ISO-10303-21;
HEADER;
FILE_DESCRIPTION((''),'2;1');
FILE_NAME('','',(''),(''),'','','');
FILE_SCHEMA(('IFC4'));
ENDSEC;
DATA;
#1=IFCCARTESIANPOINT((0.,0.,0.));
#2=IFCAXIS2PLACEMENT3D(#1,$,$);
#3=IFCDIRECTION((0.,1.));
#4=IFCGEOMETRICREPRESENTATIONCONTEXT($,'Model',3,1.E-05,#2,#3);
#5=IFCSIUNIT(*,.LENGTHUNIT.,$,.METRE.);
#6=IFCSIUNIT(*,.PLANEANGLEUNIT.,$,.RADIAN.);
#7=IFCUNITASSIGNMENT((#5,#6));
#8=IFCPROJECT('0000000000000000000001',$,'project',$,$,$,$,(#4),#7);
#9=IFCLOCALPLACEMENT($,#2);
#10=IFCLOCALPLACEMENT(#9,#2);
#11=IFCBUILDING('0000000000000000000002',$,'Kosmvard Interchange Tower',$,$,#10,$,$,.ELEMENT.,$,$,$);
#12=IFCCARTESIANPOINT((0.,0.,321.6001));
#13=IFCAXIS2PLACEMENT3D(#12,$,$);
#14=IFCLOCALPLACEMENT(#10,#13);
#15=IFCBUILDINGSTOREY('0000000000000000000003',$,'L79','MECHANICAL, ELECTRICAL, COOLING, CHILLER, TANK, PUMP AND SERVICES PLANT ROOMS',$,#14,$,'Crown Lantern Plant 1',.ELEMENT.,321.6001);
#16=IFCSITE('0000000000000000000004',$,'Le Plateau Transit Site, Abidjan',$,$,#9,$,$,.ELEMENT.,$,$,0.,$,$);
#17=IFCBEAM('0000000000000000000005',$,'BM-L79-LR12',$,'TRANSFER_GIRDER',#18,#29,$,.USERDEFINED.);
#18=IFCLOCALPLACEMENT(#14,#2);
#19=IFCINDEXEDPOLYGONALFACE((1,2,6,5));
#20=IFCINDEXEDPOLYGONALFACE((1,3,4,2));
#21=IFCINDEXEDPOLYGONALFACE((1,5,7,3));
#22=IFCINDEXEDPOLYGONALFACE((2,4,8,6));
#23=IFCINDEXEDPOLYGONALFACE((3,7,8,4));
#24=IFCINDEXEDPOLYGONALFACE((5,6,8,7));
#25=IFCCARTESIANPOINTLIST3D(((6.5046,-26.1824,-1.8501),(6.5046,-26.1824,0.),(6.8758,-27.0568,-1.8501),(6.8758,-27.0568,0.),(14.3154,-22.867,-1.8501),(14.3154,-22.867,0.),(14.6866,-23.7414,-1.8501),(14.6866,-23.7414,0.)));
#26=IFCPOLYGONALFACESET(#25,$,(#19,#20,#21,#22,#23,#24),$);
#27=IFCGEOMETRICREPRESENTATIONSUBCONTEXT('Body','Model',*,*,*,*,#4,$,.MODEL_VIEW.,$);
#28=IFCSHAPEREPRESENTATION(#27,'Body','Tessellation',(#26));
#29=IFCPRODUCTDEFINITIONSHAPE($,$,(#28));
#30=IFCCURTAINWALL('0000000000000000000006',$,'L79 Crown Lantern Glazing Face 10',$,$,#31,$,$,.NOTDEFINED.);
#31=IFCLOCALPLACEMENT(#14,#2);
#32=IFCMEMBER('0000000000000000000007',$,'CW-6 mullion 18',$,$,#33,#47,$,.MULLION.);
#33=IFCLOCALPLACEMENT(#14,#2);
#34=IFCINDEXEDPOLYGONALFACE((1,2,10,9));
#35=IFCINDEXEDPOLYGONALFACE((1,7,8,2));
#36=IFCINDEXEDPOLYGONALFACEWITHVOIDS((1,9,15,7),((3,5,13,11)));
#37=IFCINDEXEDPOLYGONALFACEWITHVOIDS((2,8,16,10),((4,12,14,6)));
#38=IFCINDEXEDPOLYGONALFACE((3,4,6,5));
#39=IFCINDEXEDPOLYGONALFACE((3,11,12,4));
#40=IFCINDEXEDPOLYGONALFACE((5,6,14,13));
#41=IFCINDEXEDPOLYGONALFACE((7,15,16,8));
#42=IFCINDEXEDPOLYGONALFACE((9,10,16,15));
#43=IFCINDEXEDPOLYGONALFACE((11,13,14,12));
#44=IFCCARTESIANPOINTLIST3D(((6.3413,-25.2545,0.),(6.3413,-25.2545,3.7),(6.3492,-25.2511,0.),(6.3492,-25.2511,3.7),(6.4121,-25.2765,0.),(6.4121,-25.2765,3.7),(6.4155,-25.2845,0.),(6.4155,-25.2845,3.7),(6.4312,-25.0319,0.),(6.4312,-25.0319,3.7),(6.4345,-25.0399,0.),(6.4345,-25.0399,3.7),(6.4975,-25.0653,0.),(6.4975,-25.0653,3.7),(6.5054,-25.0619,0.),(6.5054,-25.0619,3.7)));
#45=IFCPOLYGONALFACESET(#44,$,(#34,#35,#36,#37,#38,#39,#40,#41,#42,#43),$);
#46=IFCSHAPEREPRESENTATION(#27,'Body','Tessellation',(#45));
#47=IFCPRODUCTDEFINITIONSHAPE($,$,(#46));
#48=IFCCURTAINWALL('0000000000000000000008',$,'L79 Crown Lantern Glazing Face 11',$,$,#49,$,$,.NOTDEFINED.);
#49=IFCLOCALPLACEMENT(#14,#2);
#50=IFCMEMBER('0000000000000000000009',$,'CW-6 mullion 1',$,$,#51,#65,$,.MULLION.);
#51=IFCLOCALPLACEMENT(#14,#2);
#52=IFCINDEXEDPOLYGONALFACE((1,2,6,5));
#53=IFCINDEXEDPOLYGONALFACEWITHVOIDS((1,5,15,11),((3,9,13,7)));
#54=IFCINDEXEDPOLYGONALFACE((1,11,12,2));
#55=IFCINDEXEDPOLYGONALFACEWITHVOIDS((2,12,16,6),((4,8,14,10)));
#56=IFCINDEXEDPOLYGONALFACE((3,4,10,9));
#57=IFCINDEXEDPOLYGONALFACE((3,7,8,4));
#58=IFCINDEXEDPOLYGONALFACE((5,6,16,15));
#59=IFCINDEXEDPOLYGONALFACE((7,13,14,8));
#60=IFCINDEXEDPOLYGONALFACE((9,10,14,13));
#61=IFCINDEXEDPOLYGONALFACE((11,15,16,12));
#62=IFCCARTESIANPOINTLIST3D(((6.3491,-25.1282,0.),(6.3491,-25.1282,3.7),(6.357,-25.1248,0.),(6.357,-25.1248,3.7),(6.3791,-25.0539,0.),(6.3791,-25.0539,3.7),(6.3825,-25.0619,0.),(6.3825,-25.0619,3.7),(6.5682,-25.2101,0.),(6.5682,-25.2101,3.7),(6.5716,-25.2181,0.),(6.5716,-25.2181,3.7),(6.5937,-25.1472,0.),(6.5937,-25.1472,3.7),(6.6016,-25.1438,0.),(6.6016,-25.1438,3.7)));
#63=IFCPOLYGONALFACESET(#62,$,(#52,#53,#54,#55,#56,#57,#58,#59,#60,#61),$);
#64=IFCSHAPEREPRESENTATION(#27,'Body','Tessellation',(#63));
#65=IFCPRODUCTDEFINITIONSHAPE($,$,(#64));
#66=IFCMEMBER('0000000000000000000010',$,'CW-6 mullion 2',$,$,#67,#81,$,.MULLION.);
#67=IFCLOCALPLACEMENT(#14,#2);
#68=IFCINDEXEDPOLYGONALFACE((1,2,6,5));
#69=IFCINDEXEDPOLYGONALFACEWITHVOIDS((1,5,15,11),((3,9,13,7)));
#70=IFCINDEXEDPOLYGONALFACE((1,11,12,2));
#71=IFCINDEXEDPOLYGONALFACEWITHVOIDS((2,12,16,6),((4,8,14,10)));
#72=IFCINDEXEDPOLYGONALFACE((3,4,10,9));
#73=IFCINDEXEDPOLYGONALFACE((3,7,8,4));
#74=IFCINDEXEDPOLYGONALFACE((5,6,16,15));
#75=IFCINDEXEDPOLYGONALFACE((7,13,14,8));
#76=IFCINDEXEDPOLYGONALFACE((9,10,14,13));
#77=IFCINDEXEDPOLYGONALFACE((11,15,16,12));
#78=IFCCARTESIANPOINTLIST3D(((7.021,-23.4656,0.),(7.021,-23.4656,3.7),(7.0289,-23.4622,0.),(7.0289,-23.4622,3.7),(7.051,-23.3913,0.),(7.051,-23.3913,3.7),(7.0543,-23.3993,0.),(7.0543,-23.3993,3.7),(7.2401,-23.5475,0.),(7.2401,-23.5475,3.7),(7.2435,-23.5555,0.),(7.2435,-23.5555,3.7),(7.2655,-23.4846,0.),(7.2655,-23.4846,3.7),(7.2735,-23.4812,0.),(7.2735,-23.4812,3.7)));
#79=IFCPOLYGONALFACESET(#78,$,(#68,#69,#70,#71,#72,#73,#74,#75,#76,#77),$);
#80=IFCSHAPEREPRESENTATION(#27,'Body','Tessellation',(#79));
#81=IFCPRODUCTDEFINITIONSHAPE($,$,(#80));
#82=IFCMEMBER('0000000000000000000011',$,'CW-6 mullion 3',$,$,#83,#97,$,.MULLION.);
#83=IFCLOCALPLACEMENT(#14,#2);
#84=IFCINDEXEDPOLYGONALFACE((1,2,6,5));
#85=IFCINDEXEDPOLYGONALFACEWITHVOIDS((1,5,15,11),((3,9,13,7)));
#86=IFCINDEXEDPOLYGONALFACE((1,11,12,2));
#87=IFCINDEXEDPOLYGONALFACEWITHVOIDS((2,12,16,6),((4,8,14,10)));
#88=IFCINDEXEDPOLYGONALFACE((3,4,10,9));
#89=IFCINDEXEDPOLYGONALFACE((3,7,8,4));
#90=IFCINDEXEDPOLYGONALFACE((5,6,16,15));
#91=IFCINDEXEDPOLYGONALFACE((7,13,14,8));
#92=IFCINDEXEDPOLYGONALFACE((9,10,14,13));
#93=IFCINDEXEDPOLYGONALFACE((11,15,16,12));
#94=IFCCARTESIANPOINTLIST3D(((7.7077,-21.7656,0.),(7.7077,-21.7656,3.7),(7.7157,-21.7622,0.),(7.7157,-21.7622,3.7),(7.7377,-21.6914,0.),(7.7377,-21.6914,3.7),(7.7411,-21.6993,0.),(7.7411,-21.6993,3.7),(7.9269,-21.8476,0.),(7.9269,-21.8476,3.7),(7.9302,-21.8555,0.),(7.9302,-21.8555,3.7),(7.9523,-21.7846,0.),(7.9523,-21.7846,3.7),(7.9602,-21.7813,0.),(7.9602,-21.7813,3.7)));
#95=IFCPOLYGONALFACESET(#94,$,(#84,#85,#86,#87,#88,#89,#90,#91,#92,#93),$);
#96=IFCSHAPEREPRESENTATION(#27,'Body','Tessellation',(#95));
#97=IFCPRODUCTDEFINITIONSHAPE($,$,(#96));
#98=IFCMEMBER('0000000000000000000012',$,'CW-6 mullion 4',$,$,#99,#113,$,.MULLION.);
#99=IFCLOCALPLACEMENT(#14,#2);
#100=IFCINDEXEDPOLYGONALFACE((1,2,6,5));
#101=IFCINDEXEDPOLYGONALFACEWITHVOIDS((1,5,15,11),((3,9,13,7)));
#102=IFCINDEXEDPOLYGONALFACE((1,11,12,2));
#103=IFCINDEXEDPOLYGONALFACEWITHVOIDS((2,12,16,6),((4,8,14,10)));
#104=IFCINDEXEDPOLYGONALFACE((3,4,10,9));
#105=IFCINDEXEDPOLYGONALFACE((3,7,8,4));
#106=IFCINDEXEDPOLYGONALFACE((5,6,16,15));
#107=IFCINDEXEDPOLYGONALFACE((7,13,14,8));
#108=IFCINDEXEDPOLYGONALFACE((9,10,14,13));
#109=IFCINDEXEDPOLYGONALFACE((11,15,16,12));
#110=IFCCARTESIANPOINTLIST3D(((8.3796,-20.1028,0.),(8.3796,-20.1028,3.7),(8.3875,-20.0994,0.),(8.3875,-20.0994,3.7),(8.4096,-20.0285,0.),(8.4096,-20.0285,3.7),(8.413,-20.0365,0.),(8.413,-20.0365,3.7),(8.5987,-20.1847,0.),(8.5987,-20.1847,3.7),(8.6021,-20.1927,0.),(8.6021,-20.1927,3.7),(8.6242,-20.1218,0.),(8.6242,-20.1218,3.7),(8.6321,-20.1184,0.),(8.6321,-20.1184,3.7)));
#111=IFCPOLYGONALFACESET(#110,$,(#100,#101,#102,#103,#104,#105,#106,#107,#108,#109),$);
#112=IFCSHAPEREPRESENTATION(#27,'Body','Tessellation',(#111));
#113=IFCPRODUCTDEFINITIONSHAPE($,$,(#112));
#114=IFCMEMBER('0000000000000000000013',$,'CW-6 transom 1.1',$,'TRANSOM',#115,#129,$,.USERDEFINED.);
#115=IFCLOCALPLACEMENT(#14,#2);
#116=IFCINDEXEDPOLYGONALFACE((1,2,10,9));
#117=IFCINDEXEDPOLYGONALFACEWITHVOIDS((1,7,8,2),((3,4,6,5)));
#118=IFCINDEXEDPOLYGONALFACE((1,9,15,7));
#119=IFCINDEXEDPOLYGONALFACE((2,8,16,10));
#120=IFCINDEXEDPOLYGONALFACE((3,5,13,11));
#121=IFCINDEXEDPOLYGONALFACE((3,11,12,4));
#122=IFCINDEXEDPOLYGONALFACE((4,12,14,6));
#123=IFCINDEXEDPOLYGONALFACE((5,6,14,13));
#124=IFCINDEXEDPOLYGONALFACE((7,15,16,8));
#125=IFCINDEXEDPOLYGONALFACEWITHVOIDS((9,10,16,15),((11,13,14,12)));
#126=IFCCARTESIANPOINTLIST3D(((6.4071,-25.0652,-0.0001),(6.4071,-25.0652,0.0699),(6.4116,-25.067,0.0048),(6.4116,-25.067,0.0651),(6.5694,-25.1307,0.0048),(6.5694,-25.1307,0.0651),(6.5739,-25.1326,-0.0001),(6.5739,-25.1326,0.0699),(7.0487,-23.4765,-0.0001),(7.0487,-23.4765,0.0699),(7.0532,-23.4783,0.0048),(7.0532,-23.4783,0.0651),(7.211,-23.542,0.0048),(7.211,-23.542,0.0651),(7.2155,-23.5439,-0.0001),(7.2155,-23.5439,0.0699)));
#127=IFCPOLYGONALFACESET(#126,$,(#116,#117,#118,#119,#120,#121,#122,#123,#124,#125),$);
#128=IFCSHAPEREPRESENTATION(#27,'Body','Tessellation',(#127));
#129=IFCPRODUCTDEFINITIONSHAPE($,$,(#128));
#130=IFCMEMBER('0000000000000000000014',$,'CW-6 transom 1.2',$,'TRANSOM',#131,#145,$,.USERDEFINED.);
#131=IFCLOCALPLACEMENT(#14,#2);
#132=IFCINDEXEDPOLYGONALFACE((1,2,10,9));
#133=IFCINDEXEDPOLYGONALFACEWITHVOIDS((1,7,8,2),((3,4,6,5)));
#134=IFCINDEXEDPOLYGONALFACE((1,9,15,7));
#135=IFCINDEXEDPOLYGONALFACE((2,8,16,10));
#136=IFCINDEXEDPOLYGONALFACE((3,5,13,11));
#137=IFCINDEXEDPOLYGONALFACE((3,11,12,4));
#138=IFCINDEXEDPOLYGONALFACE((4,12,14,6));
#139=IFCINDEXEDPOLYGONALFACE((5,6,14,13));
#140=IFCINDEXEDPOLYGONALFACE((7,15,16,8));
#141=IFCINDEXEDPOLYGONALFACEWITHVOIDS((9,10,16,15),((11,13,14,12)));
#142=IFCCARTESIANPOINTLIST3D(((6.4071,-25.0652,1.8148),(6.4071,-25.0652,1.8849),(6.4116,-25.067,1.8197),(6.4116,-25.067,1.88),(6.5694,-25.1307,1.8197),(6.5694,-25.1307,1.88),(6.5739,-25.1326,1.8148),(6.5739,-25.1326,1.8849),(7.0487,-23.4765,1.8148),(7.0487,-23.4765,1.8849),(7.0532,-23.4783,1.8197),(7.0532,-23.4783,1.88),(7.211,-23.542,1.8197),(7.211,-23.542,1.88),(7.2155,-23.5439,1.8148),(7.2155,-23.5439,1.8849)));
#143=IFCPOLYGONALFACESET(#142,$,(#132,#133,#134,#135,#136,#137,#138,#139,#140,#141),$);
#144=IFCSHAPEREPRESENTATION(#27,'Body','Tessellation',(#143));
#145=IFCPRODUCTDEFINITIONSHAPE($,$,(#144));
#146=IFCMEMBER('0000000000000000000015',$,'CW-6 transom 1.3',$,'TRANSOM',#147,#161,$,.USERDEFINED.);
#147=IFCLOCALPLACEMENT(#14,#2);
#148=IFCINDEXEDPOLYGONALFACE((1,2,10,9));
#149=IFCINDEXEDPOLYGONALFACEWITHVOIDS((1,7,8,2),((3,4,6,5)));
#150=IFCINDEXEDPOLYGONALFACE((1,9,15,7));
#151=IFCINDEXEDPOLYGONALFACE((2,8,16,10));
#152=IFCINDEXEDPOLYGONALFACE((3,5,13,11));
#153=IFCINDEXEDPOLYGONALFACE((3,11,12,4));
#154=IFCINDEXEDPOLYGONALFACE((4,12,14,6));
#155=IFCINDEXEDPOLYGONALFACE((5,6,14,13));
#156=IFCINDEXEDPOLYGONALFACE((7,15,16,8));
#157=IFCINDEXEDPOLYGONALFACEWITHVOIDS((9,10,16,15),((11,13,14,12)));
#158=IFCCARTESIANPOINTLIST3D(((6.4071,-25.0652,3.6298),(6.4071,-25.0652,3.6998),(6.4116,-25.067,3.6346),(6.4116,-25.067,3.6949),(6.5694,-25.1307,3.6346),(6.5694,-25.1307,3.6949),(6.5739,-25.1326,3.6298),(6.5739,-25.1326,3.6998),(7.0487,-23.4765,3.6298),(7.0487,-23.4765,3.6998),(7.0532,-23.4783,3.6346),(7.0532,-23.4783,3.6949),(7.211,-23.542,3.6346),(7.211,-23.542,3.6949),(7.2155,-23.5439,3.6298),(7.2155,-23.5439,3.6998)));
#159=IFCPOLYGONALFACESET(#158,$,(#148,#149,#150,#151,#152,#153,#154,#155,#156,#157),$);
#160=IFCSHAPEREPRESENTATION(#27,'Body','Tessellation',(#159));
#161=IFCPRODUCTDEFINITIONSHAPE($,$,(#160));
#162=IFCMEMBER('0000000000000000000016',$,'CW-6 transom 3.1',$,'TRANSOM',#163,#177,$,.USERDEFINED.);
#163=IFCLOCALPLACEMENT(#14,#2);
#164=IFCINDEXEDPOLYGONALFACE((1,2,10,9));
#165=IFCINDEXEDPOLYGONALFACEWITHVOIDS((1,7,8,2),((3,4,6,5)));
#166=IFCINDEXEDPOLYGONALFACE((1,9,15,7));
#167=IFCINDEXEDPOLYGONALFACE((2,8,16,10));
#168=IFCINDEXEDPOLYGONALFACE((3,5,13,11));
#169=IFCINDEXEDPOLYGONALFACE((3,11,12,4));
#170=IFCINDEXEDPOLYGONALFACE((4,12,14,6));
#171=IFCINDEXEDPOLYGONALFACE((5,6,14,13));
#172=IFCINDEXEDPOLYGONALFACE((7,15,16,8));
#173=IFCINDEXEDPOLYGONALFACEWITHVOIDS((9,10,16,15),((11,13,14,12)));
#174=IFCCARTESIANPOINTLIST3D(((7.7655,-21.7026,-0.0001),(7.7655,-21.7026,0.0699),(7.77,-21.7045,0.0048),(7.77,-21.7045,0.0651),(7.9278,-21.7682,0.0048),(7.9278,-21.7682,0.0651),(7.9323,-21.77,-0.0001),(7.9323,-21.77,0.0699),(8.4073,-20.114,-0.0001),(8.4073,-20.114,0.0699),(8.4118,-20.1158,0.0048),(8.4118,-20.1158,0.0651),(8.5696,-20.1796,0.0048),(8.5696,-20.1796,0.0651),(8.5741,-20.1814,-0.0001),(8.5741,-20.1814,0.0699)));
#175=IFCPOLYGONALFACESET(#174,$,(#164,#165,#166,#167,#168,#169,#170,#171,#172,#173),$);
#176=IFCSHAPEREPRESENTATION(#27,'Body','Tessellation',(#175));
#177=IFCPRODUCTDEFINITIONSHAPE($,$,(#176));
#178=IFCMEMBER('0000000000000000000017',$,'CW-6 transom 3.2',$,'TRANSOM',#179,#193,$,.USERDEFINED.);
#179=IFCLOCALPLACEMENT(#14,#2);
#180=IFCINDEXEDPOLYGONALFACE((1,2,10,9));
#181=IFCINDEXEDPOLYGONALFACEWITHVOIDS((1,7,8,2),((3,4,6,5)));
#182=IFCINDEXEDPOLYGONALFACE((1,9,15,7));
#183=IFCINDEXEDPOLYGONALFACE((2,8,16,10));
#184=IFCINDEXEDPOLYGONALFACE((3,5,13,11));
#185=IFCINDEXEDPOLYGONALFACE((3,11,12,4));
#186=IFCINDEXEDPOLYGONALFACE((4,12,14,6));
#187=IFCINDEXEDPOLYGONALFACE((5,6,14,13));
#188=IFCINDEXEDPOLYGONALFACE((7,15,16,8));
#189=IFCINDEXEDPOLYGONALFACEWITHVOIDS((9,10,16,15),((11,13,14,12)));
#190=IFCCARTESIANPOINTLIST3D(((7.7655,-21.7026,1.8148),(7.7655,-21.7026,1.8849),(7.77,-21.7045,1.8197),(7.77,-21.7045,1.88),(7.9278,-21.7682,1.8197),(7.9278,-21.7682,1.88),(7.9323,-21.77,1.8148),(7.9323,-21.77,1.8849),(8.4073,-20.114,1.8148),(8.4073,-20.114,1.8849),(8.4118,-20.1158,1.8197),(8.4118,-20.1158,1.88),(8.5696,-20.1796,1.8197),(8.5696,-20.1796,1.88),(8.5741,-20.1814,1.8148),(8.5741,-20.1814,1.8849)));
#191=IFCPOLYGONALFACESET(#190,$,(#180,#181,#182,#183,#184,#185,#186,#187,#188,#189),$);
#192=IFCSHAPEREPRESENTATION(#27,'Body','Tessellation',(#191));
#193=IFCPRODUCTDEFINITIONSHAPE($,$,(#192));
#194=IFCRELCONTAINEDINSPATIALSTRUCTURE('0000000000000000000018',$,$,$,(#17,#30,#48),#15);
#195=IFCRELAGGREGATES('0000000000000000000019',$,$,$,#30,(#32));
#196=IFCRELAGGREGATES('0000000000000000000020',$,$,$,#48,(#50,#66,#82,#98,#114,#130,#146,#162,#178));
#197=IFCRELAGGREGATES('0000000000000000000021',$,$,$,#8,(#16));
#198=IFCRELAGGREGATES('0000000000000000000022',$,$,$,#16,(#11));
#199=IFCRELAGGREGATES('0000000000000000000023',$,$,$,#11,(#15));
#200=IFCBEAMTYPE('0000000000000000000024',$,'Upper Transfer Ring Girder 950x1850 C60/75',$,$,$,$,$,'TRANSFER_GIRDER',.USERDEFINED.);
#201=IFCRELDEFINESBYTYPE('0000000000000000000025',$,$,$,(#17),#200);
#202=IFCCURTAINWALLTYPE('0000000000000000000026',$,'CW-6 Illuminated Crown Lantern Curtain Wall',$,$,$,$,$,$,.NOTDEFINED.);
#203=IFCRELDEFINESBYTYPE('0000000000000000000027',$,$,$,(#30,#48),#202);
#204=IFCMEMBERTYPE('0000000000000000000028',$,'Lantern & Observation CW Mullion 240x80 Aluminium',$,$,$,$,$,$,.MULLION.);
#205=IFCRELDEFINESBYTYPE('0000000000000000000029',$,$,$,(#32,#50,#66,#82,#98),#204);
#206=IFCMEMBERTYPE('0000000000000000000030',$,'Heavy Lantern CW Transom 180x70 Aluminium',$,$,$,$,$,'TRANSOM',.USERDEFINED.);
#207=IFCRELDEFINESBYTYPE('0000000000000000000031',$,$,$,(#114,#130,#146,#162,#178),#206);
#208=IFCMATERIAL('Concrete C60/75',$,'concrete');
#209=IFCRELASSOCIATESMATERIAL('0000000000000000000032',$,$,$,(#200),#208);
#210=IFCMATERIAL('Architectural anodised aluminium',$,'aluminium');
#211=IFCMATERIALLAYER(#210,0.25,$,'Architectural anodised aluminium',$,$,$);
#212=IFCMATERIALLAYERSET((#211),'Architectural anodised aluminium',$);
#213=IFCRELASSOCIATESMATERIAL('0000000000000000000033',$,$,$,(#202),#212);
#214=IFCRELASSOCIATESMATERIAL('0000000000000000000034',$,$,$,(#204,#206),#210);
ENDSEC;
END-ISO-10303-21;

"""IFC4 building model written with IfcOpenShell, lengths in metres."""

from ifc_helpers import new_model, si_unit, direction, frame, origin, origin_2d, place, context, subcontext, project, spatial, rectangle, hollow_rectangle, extrude, source, transform, mapped, material, layer, layer_set, material_profile, profile_set, type_object, element, aggregate, save


model = new_model("IFC4")

# Units and contexts
model_context = context("Model", 3, precision=1e-05, world=origin(), true_north=direction((0.0, 1.0)))
body_context = subcontext(model_context, "Body", "Model", "MODEL_VIEW")
ifc_project = project(units=[si_unit("LENGTHUNIT", "METRE"), si_unit("PLANEANGLEUNIT", "RADIAN")], contexts=[model_context])

# Site, building, storey
site_placement = place(None, origin())
site = spatial("IfcSite", under=ifc_project, at=site_placement, Name="Le Plateau Transit Site, Abidjan", CompositionType="ELEMENT", RefElevation=0.0)
building_placement = place(site_placement, origin())
building = spatial("IfcBuilding", under=site, at=building_placement, Name="Kosmvard Interchange Tower", CompositionType="ELEMENT")
storey_placement = place(building_placement, frame((0.0, 0.0, 321.6001)))
storey = spatial("IfcBuildingStorey", under=building, at=storey_placement, Name="L79", Description="MECHANICAL, ELECTRICAL, COOLING, CHILLER, TANK, PUMP AND SERVICES PLANT ROOMS", LongName="Crown Lantern Plant 1", CompositionType="ELEMENT", Elevation=321.6001)

# Beam
ifc_material_1 = material(Name="Concrete C60/75", Category="concrete")
ifc_material_profile_1 = material_profile(ifc_material_1, rectangle(XDim=0.95, YDim=1.8501, at=origin_2d()), Name="TG 950x1850")
ifc_profile_set_1 = profile_set([ifc_material_profile_1], Name="Concrete C60/75")
beam_type = type_object("IfcBeamType", Name="Upper Transfer Ring Girder 950x1850 C60/75", ElementType="TRANSFER_GIRDER", PredefinedType="USERDEFINED", material=ifc_profile_set_1)
shared_shape_1 = source(origin(), body_context, "Body", "SweptSolid", [
    extrude(rectangle(XDim=0.95, YDim=1.8501, at=origin_2d()), origin(), (0.0, 0.0, 1.0), 8.4854),
])
beam_placement = place(storey_placement, frame((6.6902, -26.6196, -0.925), z_axis=(0.920507, 0.390726, 0.0), x_axis=(-0.390726, 0.920507, 0.0)))
element("IfcBeam", 1, at=beam_placement, inside=storey, type_object=beam_type, Name="BM-L79-LR12", ObjectType="TRANSFER_GIRDER", PredefinedType="USERDEFINED", context=body_context, shape_type="MappedRepresentation", body=[
    mapped(shared_shape_1, transform((0.0, 0.0, 0.0), scale=1.0)),
])

# Curtain wall, member
ifc_material_2 = material(Name="Architectural anodised aluminium", Category="aluminium")
ifc_layer_1 = layer(ifc_material_2, 0.25, Name="Architectural anodised aluminium")
ifc_layer_set_1 = layer_set([ifc_layer_1], Name="Architectural anodised aluminium")
curtain_wall_type = type_object("IfcCurtainWallType", Name="CW-6 Illuminated Crown Lantern Curtain Wall", PredefinedType="NOTDEFINED", material=ifc_layer_set_1)
curtain_wall_1_placement = place(storey_placement, origin())
curtain_wall_1 = element("IfcCurtainWall", 2, at=curtain_wall_1_placement, inside=storey, type_object=curtain_wall_type, Name="L79 Crown Lantern Glazing Face 10", PredefinedType="NOTDEFINED")
ifc_material_profile_2 = material_profile(ifc_material_2, hollow_rectangle(XDim=0.24, YDim=0.0801, WallThickness=0.0061, at=origin_2d()), Name="CWM 240x80x6")
ifc_profile_set_2 = profile_set([ifc_material_profile_2], Name="Architectural anodised aluminium")
member_type_1 = type_object("IfcMemberType", Name="Lantern & Observation CW Mullion 240x80 Aluminium", PredefinedType="MULLION", material=ifc_profile_set_2)
shared_shape_2 = source(origin(), body_context, "Body", "SweptSolid", [
    extrude(hollow_rectangle(XDim=0.24, YDim=0.0801, WallThickness=0.0061, at=origin_2d()), origin(), (0.0, 0.0, 1.0), 3.7),
])
member_1_placement = place(storey_placement, frame((6.4233, -25.1582, 0.0), z_axis=(0.0, 0.0, 1.0), x_axis=(0.374607, 0.927184, 0.0)))
member_1 = element("IfcMember", 3, at=member_1_placement, type_object=member_type_1, Name="CW-6 mullion 18", PredefinedType="MULLION", context=body_context, shape_type="MappedRepresentation", body=[
    mapped(shared_shape_2, transform((0.0, 0.0, 0.0), scale=1.0)),
])

# Curtain wall, members
curtain_wall_2_placement = place(storey_placement, origin())
curtain_wall_2 = element("IfcCurtainWall", 4, at=curtain_wall_2_placement, inside=storey, type_object=curtain_wall_type, Name="L79 Crown Lantern Glazing Face 11", PredefinedType="NOTDEFINED")
member_2_placement = place(storey_placement, frame((6.4753, -25.136, 0.0), z_axis=(0.0, 0.0, 1.0), x_axis=(-0.927184, 0.374607, 0.0)))
member_2 = element("IfcMember", 5, at=member_2_placement, type_object=member_type_1, Name="CW-6 mullion 1", PredefinedType="MULLION", context=body_context, shape_type="MappedRepresentation", body=[
    mapped(shared_shape_2, transform((0.0, 0.0, 0.0), scale=1.0)),
])
member_3_placement = place(storey_placement, frame((7.1472, -23.4734, 0.0), z_axis=(0.0, 0.0, 1.0), x_axis=(-0.927184, 0.374607, 0.0)))
member_3 = element("IfcMember", 6, at=member_3_placement, type_object=member_type_1, Name="CW-6 mullion 2", PredefinedType="MULLION", context=body_context, shape_type="MappedRepresentation", body=[
    mapped(shared_shape_2, transform((0.0, 0.0, 0.0), scale=1.0)),
])
member_4_placement = place(storey_placement, frame((7.834, -21.7734, 0.0), z_axis=(0.0, 0.0, 1.0), x_axis=(-0.927184, 0.374607, 0.0)))
member_4 = element("IfcMember", 7, at=member_4_placement, type_object=member_type_1, Name="CW-6 mullion 3", PredefinedType="MULLION", context=body_context, shape_type="MappedRepresentation", body=[
    mapped(shared_shape_2, transform((0.0, 0.0, 0.0), scale=1.0)),
])
member_5_placement = place(storey_placement, frame((8.5059, -20.1106, 0.0), z_axis=(0.0, 0.0, 1.0), x_axis=(-0.927184, 0.374607, 0.0)))
member_5 = element("IfcMember", 8, at=member_5_placement, type_object=member_type_1, Name="CW-6 mullion 4", PredefinedType="MULLION", context=body_context, shape_type="MappedRepresentation", body=[
    mapped(shared_shape_2, transform((0.0, 0.0, 0.0), scale=1.0)),
])
ifc_material_profile_3 = material_profile(ifc_material_2, hollow_rectangle(XDim=0.1799, YDim=0.0701, WallThickness=0.0049, at=origin_2d()), Name="CWT 180x70x5")
ifc_profile_set_3 = profile_set([ifc_material_profile_3], Name="Architectural anodised aluminium")
member_type_2 = type_object("IfcMemberType", Name="Heavy Lantern CW Transom 180x70 Aluminium", ElementType="TRANSOM", PredefinedType="USERDEFINED", material=ifc_profile_set_3)
shared_shape_3 = source(origin(), body_context, "Body", "SweptSolid", [
    extrude(hollow_rectangle(XDim=0.1799, YDim=0.0701, WallThickness=0.0049, at=origin_2d()), origin(), (0.0, 0.0, 1.0), 1.7134),
])
member_6_placement = place(storey_placement, frame((6.4905, -25.0989, 0.0349), z_axis=(0.374484, 0.927233, 0.0), x_axis=(-0.927233, 0.374484, 0.0)))
member_6 = element("IfcMember", 9, at=member_6_placement, type_object=member_type_2, Name="CW-6 transom 1.1", ObjectType="TRANSOM", PredefinedType="USERDEFINED", context=body_context, shape_type="MappedRepresentation", body=[
    mapped(shared_shape_3, transform((0.0, 0.0, 0.0), scale=1.0)),
])
member_7_placement = place(storey_placement, frame((6.4905, -25.0989, 1.8499), z_axis=(0.374484, 0.927233, 0.0), x_axis=(-0.927233, 0.374484, 0.0)))
member_7 = element("IfcMember", 10, at=member_7_placement, type_object=member_type_2, Name="CW-6 transom 1.2", ObjectType="TRANSOM", PredefinedType="USERDEFINED", context=body_context, shape_type="MappedRepresentation", body=[
    mapped(shared_shape_3, transform((0.0, 0.0, 0.0), scale=1.0)),
])
member_8_placement = place(storey_placement, frame((6.4905, -25.0989, 3.6648), z_axis=(0.374484, 0.927233, 0.0), x_axis=(-0.927233, 0.374484, 0.0)))
member_8 = element("IfcMember", 11, at=member_8_placement, type_object=member_type_2, Name="CW-6 transom 1.3", ObjectType="TRANSOM", PredefinedType="USERDEFINED", context=body_context, shape_type="MappedRepresentation", body=[
    mapped(shared_shape_3, transform((0.0, 0.0, 0.0), scale=1.0)),
])
member_9_placement = place(storey_placement, frame((7.8489, -21.7363, 0.0349), z_axis=(0.374607, 0.927184, 0.0), x_axis=(-0.927184, 0.374607, 0.0)))
member_9 = element("IfcMember", 12, at=member_9_placement, type_object=member_type_2, Name="CW-6 transom 3.1", ObjectType="TRANSOM", PredefinedType="USERDEFINED", context=body_context, shape_type="MappedRepresentation", body=[
    mapped(shared_shape_3, transform((0.0, 0.0, 0.0), scale=1.0)),
])
member_10_placement = place(storey_placement, frame((7.8489, -21.7363, 1.8499), z_axis=(0.374607, 0.927184, 0.0), x_axis=(-0.927184, 0.374607, 0.0)))
member_10 = element("IfcMember", 13, at=member_10_placement, type_object=member_type_2, Name="CW-6 transom 3.2", ObjectType="TRANSOM", PredefinedType="USERDEFINED", context=body_context, shape_type="MappedRepresentation", body=[
    mapped(shared_shape_3, transform((0.0, 0.0, 0.0), scale=1.0)),
])

aggregate(curtain_wall_1, [member_1])
aggregate(curtain_wall_2, [member_2, member_3, member_4, member_5, member_6, member_7, member_8, member_9, member_10])

save(model, "model.ifc")
